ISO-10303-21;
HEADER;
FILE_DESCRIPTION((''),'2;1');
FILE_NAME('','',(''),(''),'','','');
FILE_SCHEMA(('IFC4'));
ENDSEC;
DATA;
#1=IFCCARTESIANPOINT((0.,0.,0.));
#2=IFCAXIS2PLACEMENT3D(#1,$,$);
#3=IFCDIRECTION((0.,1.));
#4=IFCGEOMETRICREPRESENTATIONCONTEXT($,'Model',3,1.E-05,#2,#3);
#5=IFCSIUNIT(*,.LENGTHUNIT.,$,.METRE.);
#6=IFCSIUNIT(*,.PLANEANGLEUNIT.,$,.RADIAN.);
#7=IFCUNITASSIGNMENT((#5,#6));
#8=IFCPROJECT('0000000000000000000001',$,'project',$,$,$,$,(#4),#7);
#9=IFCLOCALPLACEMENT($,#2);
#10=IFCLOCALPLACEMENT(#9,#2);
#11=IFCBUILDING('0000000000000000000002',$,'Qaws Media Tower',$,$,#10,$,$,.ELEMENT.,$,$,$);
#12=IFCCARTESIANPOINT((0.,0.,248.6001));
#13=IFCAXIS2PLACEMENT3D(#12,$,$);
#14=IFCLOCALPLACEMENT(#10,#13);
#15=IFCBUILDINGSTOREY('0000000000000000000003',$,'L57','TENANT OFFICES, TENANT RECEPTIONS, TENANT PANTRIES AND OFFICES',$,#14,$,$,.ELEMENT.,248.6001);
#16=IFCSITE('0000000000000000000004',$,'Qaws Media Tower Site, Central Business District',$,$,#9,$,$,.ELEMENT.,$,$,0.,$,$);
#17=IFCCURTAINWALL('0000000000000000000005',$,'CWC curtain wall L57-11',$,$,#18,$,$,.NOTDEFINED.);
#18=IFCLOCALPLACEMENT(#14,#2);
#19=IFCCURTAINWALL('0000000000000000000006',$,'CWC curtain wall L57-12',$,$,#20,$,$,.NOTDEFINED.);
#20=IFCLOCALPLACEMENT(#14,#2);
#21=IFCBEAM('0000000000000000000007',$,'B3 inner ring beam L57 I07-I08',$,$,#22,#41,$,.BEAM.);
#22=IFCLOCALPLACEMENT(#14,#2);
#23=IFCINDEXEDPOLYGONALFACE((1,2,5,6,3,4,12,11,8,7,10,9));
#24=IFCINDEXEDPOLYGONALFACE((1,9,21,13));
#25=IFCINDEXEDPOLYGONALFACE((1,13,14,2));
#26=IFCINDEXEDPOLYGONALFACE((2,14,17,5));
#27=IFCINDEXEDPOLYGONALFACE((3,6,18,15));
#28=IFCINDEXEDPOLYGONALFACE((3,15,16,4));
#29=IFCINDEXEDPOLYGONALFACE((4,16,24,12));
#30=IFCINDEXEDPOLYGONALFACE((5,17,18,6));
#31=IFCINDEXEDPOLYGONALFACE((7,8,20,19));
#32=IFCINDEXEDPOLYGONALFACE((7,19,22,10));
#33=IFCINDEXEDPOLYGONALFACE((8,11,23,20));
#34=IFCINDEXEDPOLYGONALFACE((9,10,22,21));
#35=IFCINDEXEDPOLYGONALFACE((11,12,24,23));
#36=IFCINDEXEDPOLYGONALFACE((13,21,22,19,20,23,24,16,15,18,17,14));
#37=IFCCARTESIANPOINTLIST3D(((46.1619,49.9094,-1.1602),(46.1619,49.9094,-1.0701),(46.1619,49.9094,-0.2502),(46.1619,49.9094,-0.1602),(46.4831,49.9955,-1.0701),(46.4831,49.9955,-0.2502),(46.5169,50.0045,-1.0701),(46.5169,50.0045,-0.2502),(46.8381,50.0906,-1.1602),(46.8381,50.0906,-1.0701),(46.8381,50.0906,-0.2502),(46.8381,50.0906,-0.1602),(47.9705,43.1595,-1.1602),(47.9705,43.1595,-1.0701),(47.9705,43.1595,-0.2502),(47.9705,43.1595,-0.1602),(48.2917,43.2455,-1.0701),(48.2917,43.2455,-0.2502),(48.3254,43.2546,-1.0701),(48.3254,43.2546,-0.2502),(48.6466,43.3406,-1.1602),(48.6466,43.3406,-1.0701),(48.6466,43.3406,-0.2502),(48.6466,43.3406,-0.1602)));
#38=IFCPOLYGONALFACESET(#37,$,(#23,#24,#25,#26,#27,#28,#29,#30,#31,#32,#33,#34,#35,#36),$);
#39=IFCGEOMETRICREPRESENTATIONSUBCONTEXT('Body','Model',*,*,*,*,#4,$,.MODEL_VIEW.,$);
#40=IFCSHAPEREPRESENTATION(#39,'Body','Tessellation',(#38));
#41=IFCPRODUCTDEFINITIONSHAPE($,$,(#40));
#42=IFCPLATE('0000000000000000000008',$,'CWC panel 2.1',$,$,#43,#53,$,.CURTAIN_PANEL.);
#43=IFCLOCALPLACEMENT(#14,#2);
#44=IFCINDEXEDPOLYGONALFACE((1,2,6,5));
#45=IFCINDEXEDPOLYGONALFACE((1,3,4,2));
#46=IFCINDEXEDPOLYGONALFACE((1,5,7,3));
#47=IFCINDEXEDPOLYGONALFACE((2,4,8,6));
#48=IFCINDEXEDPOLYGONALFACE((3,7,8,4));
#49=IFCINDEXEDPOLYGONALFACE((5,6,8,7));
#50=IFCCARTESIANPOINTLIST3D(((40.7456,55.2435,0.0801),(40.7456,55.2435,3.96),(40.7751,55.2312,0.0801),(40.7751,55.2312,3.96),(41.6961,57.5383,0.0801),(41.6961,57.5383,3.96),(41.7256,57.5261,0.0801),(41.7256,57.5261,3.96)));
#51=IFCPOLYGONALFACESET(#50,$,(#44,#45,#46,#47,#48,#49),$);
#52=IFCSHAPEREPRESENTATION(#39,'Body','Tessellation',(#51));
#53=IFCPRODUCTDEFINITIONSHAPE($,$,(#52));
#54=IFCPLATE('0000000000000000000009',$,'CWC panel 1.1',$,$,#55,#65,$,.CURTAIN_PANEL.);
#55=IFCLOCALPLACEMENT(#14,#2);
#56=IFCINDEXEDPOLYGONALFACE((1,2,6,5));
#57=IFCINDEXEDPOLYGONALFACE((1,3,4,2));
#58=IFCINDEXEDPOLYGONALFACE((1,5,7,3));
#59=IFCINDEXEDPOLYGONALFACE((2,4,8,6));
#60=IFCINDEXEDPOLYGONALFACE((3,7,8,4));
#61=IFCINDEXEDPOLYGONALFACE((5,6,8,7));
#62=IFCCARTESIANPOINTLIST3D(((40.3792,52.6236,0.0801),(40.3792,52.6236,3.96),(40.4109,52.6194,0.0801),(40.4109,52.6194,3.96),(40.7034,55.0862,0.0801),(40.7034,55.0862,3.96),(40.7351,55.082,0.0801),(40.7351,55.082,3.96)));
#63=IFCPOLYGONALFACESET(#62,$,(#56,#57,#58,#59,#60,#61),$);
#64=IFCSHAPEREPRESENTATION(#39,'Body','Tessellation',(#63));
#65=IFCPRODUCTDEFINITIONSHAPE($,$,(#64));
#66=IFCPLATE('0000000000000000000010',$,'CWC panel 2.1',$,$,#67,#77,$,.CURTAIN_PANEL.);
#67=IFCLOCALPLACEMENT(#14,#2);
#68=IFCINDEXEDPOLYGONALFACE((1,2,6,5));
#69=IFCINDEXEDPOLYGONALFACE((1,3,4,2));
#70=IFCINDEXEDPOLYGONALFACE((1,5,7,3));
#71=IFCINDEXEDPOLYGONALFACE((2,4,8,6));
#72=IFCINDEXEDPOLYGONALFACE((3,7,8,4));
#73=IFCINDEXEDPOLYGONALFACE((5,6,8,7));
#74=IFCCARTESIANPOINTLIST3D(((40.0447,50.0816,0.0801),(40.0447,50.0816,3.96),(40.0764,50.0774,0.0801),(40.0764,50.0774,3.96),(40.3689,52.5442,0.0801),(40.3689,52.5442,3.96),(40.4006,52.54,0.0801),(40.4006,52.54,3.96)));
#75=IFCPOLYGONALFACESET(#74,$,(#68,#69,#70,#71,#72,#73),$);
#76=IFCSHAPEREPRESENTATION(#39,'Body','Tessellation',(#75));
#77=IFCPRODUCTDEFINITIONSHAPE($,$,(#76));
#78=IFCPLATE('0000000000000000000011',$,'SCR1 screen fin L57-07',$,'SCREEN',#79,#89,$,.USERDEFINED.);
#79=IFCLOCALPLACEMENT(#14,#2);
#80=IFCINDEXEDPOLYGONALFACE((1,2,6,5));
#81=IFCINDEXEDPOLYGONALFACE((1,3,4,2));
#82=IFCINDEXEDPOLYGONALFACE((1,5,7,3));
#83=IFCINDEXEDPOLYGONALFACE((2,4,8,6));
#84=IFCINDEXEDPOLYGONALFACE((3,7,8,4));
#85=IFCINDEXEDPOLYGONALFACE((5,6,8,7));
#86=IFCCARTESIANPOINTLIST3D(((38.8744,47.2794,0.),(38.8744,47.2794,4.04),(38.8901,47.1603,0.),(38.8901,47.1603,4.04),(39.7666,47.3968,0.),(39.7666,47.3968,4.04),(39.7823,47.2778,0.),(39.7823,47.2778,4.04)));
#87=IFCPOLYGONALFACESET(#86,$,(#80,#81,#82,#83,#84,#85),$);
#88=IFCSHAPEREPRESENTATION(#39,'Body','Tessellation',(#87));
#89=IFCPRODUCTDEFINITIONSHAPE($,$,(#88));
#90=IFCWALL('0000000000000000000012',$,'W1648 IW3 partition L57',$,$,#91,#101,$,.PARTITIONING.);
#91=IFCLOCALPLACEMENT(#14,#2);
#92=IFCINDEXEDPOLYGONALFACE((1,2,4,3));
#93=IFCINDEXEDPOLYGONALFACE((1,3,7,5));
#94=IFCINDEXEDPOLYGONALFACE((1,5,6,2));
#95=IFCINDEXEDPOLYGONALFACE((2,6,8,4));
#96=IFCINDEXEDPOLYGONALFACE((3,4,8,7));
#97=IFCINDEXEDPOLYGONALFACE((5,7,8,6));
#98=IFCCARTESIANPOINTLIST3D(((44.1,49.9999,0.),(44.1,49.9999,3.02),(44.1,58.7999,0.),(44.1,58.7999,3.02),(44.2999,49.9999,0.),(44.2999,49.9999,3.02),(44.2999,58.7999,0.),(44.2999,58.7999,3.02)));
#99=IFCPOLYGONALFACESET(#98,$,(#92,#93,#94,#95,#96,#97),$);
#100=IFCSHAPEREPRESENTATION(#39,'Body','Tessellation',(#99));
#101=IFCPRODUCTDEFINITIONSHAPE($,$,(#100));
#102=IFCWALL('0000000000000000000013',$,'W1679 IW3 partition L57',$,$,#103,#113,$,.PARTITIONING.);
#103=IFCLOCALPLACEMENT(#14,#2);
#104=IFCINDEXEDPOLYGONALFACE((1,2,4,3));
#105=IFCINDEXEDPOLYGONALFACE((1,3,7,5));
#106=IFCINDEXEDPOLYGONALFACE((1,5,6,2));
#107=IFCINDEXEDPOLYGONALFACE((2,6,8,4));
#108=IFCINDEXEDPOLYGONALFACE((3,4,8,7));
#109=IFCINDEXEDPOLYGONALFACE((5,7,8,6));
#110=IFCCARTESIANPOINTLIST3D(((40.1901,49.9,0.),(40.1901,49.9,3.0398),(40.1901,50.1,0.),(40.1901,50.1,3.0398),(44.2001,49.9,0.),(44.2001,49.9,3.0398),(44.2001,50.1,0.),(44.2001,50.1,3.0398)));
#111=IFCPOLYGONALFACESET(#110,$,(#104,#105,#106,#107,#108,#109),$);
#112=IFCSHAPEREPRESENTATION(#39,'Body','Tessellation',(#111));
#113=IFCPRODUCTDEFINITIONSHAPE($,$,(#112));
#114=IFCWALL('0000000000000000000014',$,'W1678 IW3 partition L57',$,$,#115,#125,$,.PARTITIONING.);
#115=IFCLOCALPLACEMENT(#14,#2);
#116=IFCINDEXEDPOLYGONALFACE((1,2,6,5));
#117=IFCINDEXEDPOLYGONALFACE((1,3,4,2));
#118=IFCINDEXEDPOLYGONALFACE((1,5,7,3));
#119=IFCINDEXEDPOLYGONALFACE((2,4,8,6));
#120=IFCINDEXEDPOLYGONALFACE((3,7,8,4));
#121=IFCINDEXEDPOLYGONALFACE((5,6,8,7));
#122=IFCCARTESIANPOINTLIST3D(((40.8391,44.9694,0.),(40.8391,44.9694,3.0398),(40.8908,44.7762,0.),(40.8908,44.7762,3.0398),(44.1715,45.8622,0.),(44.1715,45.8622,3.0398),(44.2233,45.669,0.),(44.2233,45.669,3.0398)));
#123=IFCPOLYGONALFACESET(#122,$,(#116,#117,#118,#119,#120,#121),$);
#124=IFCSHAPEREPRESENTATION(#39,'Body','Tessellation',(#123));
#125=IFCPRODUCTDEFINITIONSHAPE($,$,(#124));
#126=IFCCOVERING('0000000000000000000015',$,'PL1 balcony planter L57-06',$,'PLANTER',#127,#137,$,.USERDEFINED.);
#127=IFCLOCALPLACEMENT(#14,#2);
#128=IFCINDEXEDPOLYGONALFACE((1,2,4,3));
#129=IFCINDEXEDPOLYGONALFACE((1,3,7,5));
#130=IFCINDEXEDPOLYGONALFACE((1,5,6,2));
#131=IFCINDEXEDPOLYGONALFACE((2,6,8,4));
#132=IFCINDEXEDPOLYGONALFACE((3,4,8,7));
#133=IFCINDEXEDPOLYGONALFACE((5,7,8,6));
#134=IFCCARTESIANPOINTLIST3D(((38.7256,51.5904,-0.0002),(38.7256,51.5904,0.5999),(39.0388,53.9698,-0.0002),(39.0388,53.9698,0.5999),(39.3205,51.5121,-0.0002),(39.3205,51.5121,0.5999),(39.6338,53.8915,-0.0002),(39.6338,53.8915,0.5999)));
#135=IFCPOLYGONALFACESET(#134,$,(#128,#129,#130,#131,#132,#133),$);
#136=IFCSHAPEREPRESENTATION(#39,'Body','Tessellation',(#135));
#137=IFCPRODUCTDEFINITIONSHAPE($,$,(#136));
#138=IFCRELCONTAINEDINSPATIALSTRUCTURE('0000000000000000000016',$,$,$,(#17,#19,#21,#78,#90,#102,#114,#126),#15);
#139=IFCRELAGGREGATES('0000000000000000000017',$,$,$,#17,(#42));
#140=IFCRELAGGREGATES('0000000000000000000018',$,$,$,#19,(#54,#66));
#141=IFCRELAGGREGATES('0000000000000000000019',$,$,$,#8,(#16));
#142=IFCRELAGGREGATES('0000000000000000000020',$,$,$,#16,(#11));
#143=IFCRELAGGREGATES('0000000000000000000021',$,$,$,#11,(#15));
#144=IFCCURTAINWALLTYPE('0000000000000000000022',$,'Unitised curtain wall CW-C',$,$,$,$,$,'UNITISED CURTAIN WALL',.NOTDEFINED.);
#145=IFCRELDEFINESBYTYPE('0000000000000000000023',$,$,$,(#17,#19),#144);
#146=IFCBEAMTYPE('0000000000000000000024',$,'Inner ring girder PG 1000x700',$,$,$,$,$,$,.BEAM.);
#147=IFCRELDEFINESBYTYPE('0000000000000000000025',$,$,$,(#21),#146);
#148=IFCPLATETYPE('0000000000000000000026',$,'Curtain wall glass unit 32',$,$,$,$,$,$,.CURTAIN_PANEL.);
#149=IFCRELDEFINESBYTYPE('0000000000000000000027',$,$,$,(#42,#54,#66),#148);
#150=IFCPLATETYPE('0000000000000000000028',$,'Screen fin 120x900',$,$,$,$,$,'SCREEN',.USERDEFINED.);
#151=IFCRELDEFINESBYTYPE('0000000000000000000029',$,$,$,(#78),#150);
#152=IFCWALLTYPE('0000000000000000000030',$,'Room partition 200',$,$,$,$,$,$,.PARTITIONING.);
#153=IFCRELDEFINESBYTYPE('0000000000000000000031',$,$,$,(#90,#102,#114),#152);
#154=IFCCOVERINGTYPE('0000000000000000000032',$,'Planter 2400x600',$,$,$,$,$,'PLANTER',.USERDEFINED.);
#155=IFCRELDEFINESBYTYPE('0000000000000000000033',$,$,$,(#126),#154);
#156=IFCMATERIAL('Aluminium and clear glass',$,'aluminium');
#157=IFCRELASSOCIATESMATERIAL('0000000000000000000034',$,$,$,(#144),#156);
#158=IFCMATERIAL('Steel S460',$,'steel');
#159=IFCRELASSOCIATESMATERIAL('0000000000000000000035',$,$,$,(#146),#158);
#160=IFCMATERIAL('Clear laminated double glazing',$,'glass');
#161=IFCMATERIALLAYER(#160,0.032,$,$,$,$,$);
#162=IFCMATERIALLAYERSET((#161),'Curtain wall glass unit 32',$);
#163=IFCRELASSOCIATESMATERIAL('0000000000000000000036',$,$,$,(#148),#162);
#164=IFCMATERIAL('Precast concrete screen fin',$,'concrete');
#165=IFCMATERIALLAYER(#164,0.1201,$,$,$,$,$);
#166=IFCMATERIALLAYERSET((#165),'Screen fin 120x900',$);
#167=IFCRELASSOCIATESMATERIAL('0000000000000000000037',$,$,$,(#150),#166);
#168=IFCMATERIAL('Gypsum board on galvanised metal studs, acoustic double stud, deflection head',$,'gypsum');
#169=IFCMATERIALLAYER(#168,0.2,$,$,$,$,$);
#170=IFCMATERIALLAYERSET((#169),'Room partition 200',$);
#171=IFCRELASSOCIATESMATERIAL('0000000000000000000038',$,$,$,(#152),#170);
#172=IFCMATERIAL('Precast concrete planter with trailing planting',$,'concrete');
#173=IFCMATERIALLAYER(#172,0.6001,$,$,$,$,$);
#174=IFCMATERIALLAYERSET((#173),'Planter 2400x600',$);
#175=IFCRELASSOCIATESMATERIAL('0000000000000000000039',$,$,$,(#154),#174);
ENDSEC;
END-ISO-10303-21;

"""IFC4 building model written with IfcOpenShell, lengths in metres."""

from ifc_helpers import new_model, si_unit, direction, frame, frame_2d, origin, origin_2d, place, context, subcontext, project, spatial, rectangle, i_section, extrude, material, layer, layer_set, material_profile, profile_set, type_object, element, aggregate, save


model = new_model("IFC4")

# Units and contexts
model_context = context("Model", 3, precision=1e-05, world=origin(), true_north=direction((0.0, 1.0)))
body_context = subcontext(model_context, "Body", "Model", "MODEL_VIEW")
ifc_project = project(units=[si_unit("LENGTHUNIT", "METRE"), si_unit("PLANEANGLEUNIT", "RADIAN")], contexts=[model_context])

# Site, building, storey
site_placement = place(None, origin())
site = spatial("IfcSite", under=ifc_project, at=site_placement, Name="Qaws Media Tower Site, Central Business District", CompositionType="ELEMENT", RefElevation=0.0)
building_placement = place(site_placement, origin())
building = spatial("IfcBuilding", under=site, at=building_placement, Name="Qaws Media Tower", CompositionType="ELEMENT")
storey_placement = place(building_placement, frame((0.0, 0.0, 248.6001)))
storey = spatial("IfcBuildingStorey", under=building, at=storey_placement, Name="L57", Description="TENANT OFFICES, TENANT RECEPTIONS, TENANT PANTRIES AND OFFICES", CompositionType="ELEMENT", Elevation=248.6001)

# Curtain wall
ifc_material_1 = material(Name="Aluminium and clear glass", Category="aluminium")
curtain_wall_type = type_object("IfcCurtainWallType", Name="Unitised curtain wall CW-C", ElementType="UNITISED CURTAIN WALL", PredefinedType="NOTDEFINED", material=ifc_material_1)
curtain_wall_1_placement = place(storey_placement, origin())
curtain_wall_1 = element("IfcCurtainWall", 1, at=curtain_wall_1_placement, inside=storey, type_object=curtain_wall_type, Name="CWC curtain wall L57-11", PredefinedType="NOTDEFINED")

# Curtain wall
curtain_wall_2_placement = place(storey_placement, origin())
curtain_wall_2 = element("IfcCurtainWall", 2, at=curtain_wall_2_placement, inside=storey, type_object=curtain_wall_type, Name="CWC curtain wall L57-12", PredefinedType="NOTDEFINED")

# Beam
ifc_material_2 = material(Name="Steel S460", Category="steel")
ifc_material_profile_1 = material_profile(ifc_material_2, i_section(OverallWidth=0.7, OverallDepth=1.0, WebThickness=0.0349, FlangeThickness=0.0901, at=origin_2d()), Name="PG 1000x700")
ifc_profile_set_1 = profile_set([ifc_material_profile_1], Name="Steel S460")
beam_type_1 = type_object("IfcBeamType", Name="Inner ring girder PG 1000x700", PredefinedType="BEAM", material=ifc_profile_set_1)
beam_1_placement = place(storey_placement, frame((46.5, 50.0, -0.6602), z_axis=(0.258811, -0.965928, 0.0), x_axis=(0.965928, 0.258811, 0.0)))
element("IfcBeam", 3, at=beam_1_placement, inside=storey, type_object=beam_type_1, Name="B3 inner ring beam L57 I07-I08", PredefinedType="BEAM", context=body_context, shape_type="SweptSolid", body=[
    extrude(i_section(OverallWidth=0.7, OverallDepth=1.0, WebThickness=0.0349, FlangeThickness=0.0901, at=origin_2d()), origin(), (0.0, 0.0, 1.0), 6.988),
])

# Plates
ifc_material_3 = material(Name="Clear laminated double glazing", Category="glass")
ifc_layer_1 = layer(ifc_material_3, 0.032)
ifc_layer_set_1 = layer_set([ifc_layer_1], Name="Curtain wall glass unit 32")
plate_type_1 = type_object("IfcPlateType", Name="Curtain wall glass unit 32", PredefinedType="CURTAIN_PANEL", material=ifc_layer_set_1)
plate_1_placement = place(storey_placement, frame((41.2356, 56.3848, 0.0801), z_axis=(0.0, 0.0, 1.0), x_axis=(-0.382683, -0.92388, 0.0)))
plate_1 = element("IfcPlate", 4, at=plate_1_placement, type_object=plate_type_1, Name="CWC panel 2.1", PredefinedType="CURTAIN_PANEL", context=body_context, shape_type="SweptSolid", body=[
    extrude(rectangle(XDim=2.4839, YDim=0.032, at=origin_2d()), origin(), (0.0, 0.0, 1.0), 3.8799),
])
aggregate(curtain_wall_1, [plate_1])
plate_2_placement = place(storey_placement, frame((40.5571, 53.8528, 0.0801), z_axis=(0.0, 0.0, 1.0), x_axis=(-0.130526, -0.991445, 0.0)))
plate_2 = element("IfcPlate", 5, at=plate_2_placement, type_object=plate_type_1, Name="CWC panel 1.1", PredefinedType="CURTAIN_PANEL", context=body_context, shape_type="SweptSolid", body=[
    extrude(rectangle(XDim=2.4839, YDim=0.032, at=origin_2d()), origin(), (0.0, 0.0, 1.0), 3.8799),
])
plate_3_placement = place(storey_placement, frame((40.2227, 51.3108, 0.0801), z_axis=(0.0, 0.0, 1.0), x_axis=(-0.130526, -0.991445, 0.0)))
plate_3 = element("IfcPlate", 6, at=plate_3_placement, type_object=plate_type_1, Name="CWC panel 2.1", PredefinedType="CURTAIN_PANEL", context=body_context, shape_type="SweptSolid", body=[
    extrude(rectangle(XDim=2.4839, YDim=0.032, at=origin_2d()), origin(), (0.0, 0.0, 1.0), 3.8799),
])
aggregate(curtain_wall_2, [plate_2, plate_3])
ifc_material_4 = material(Name="Precast concrete screen fin", Category="concrete")
ifc_layer_2 = layer(ifc_material_4, 0.1201)
ifc_layer_set_2 = layer_set([ifc_layer_2], Name="Screen fin 120x900")
plate_type_2 = type_object("IfcPlateType", Name="Screen fin 120x900", ElementType="SCREEN", PredefinedType="USERDEFINED", material=ifc_layer_set_2)
plate_4_placement = place(storey_placement, frame((39.3284, 47.2786, 0.0), z_axis=(0.0, 0.0, 1.0), x_axis=(-0.991445, -0.130526, 0.0)))
element("IfcPlate", 7, at=plate_4_placement, inside=storey, type_object=plate_type_2, Name="SCR1 screen fin L57-07", ObjectType="SCREEN", PredefinedType="USERDEFINED", context=body_context, shape_type="SweptSolid", body=[
    extrude(rectangle(XDim=0.8999, YDim=0.1201, at=origin_2d()), origin(), (0.0, 0.0, 1.0), 4.04),
])

# Shared definitions
ifc_material_5 = material(Name="Gypsum board on galvanised metal studs, acoustic double stud, deflection head", Category="gypsum")
ifc_layer_3 = layer(ifc_material_5, 0.2)
ifc_layer_set_3 = layer_set([ifc_layer_3], Name="Room partition 200")
wall_type_1 = type_object("IfcWallType", Name="Room partition 200", PredefinedType="PARTITIONING", material=ifc_layer_set_3)

# Walls
wall_1_placement = place(storey_placement, frame((44.2, 50.0, 0.0), z_axis=(0.0, 0.0, 1.0), x_axis=(0.0, 1.0, 0.0)))
element("IfcWall", 8, at=wall_1_placement, inside=storey, type_object=wall_type_1, Name="W1648 IW3 partition L57", PredefinedType="PARTITIONING", context=body_context, shape_type="SweptSolid", body=[
    extrude(rectangle(XDim=8.8, YDim=0.2, at=frame_2d((4.3999, 0.0))), origin(), (0.0, 0.0, 1.0), 3.02),
])
wall_2_placement = place(storey_placement, frame((44.2, 50.0, 0.0), z_axis=(0.0, 0.0, 1.0), x_axis=(-1.0, 0.0, 0.0)))
element("IfcWall", 9, at=wall_2_placement, inside=storey, type_object=wall_type_1, Name="W1679 IW3 partition L57", PredefinedType="PARTITIONING", context=body_context, shape_type="SweptSolid", body=[
    extrude(rectangle(XDim=4.01, YDim=0.2, at=frame_2d((2.0049, 0.0))), origin(), (0.0, 0.0, 1.0), 3.0398),
])
wall_3_placement = place(storey_placement, frame((44.1975, 45.7656, 0.0), z_axis=(0.0, 0.0, 1.0), x_axis=(-0.965935, -0.258786, 0.0)))
element("IfcWall", 10, at=wall_3_placement, inside=storey, type_object=wall_type_1, Name="W1678 IW3 partition L57", PredefinedType="PARTITIONING", context=body_context, shape_type="SweptSolid", body=[
    extrude(rectangle(XDim=3.45, YDim=0.2, at=frame_2d((1.7251, 0.0))), origin(), (0.0, 0.0, 1.0), 3.0398),
])

# Covering
ifc_material_6 = material(Name="Precast concrete planter with trailing planting", Category="concrete")
ifc_layer_4 = layer(ifc_material_6, 0.6001)
ifc_layer_set_4 = layer_set([ifc_layer_4], Name="Planter 2400x600")
covering_type = type_object("IfcCoveringType", Name="Planter 2400x600", ElementType="PLANTER", PredefinedType="USERDEFINED", material=ifc_layer_set_4)
covering_placement = place(storey_placement, frame((39.1797, 52.741, -0.0002), z_axis=(0.0, 0.0, 1.0), x_axis=(-0.130526, -0.991445, 0.0)))
element("IfcCovering", 11, at=covering_placement, inside=storey, type_object=covering_type, Name="PL1 balcony planter L57-06", ObjectType="PLANTER", PredefinedType="USERDEFINED", context=body_context, shape_type="SweptSolid", body=[
    extrude(rectangle(XDim=2.3999, YDim=0.6001, at=origin_2d()), origin(), (0.0, 0.0, 1.0), 0.6001),
])

save(model, "model.ifc")
